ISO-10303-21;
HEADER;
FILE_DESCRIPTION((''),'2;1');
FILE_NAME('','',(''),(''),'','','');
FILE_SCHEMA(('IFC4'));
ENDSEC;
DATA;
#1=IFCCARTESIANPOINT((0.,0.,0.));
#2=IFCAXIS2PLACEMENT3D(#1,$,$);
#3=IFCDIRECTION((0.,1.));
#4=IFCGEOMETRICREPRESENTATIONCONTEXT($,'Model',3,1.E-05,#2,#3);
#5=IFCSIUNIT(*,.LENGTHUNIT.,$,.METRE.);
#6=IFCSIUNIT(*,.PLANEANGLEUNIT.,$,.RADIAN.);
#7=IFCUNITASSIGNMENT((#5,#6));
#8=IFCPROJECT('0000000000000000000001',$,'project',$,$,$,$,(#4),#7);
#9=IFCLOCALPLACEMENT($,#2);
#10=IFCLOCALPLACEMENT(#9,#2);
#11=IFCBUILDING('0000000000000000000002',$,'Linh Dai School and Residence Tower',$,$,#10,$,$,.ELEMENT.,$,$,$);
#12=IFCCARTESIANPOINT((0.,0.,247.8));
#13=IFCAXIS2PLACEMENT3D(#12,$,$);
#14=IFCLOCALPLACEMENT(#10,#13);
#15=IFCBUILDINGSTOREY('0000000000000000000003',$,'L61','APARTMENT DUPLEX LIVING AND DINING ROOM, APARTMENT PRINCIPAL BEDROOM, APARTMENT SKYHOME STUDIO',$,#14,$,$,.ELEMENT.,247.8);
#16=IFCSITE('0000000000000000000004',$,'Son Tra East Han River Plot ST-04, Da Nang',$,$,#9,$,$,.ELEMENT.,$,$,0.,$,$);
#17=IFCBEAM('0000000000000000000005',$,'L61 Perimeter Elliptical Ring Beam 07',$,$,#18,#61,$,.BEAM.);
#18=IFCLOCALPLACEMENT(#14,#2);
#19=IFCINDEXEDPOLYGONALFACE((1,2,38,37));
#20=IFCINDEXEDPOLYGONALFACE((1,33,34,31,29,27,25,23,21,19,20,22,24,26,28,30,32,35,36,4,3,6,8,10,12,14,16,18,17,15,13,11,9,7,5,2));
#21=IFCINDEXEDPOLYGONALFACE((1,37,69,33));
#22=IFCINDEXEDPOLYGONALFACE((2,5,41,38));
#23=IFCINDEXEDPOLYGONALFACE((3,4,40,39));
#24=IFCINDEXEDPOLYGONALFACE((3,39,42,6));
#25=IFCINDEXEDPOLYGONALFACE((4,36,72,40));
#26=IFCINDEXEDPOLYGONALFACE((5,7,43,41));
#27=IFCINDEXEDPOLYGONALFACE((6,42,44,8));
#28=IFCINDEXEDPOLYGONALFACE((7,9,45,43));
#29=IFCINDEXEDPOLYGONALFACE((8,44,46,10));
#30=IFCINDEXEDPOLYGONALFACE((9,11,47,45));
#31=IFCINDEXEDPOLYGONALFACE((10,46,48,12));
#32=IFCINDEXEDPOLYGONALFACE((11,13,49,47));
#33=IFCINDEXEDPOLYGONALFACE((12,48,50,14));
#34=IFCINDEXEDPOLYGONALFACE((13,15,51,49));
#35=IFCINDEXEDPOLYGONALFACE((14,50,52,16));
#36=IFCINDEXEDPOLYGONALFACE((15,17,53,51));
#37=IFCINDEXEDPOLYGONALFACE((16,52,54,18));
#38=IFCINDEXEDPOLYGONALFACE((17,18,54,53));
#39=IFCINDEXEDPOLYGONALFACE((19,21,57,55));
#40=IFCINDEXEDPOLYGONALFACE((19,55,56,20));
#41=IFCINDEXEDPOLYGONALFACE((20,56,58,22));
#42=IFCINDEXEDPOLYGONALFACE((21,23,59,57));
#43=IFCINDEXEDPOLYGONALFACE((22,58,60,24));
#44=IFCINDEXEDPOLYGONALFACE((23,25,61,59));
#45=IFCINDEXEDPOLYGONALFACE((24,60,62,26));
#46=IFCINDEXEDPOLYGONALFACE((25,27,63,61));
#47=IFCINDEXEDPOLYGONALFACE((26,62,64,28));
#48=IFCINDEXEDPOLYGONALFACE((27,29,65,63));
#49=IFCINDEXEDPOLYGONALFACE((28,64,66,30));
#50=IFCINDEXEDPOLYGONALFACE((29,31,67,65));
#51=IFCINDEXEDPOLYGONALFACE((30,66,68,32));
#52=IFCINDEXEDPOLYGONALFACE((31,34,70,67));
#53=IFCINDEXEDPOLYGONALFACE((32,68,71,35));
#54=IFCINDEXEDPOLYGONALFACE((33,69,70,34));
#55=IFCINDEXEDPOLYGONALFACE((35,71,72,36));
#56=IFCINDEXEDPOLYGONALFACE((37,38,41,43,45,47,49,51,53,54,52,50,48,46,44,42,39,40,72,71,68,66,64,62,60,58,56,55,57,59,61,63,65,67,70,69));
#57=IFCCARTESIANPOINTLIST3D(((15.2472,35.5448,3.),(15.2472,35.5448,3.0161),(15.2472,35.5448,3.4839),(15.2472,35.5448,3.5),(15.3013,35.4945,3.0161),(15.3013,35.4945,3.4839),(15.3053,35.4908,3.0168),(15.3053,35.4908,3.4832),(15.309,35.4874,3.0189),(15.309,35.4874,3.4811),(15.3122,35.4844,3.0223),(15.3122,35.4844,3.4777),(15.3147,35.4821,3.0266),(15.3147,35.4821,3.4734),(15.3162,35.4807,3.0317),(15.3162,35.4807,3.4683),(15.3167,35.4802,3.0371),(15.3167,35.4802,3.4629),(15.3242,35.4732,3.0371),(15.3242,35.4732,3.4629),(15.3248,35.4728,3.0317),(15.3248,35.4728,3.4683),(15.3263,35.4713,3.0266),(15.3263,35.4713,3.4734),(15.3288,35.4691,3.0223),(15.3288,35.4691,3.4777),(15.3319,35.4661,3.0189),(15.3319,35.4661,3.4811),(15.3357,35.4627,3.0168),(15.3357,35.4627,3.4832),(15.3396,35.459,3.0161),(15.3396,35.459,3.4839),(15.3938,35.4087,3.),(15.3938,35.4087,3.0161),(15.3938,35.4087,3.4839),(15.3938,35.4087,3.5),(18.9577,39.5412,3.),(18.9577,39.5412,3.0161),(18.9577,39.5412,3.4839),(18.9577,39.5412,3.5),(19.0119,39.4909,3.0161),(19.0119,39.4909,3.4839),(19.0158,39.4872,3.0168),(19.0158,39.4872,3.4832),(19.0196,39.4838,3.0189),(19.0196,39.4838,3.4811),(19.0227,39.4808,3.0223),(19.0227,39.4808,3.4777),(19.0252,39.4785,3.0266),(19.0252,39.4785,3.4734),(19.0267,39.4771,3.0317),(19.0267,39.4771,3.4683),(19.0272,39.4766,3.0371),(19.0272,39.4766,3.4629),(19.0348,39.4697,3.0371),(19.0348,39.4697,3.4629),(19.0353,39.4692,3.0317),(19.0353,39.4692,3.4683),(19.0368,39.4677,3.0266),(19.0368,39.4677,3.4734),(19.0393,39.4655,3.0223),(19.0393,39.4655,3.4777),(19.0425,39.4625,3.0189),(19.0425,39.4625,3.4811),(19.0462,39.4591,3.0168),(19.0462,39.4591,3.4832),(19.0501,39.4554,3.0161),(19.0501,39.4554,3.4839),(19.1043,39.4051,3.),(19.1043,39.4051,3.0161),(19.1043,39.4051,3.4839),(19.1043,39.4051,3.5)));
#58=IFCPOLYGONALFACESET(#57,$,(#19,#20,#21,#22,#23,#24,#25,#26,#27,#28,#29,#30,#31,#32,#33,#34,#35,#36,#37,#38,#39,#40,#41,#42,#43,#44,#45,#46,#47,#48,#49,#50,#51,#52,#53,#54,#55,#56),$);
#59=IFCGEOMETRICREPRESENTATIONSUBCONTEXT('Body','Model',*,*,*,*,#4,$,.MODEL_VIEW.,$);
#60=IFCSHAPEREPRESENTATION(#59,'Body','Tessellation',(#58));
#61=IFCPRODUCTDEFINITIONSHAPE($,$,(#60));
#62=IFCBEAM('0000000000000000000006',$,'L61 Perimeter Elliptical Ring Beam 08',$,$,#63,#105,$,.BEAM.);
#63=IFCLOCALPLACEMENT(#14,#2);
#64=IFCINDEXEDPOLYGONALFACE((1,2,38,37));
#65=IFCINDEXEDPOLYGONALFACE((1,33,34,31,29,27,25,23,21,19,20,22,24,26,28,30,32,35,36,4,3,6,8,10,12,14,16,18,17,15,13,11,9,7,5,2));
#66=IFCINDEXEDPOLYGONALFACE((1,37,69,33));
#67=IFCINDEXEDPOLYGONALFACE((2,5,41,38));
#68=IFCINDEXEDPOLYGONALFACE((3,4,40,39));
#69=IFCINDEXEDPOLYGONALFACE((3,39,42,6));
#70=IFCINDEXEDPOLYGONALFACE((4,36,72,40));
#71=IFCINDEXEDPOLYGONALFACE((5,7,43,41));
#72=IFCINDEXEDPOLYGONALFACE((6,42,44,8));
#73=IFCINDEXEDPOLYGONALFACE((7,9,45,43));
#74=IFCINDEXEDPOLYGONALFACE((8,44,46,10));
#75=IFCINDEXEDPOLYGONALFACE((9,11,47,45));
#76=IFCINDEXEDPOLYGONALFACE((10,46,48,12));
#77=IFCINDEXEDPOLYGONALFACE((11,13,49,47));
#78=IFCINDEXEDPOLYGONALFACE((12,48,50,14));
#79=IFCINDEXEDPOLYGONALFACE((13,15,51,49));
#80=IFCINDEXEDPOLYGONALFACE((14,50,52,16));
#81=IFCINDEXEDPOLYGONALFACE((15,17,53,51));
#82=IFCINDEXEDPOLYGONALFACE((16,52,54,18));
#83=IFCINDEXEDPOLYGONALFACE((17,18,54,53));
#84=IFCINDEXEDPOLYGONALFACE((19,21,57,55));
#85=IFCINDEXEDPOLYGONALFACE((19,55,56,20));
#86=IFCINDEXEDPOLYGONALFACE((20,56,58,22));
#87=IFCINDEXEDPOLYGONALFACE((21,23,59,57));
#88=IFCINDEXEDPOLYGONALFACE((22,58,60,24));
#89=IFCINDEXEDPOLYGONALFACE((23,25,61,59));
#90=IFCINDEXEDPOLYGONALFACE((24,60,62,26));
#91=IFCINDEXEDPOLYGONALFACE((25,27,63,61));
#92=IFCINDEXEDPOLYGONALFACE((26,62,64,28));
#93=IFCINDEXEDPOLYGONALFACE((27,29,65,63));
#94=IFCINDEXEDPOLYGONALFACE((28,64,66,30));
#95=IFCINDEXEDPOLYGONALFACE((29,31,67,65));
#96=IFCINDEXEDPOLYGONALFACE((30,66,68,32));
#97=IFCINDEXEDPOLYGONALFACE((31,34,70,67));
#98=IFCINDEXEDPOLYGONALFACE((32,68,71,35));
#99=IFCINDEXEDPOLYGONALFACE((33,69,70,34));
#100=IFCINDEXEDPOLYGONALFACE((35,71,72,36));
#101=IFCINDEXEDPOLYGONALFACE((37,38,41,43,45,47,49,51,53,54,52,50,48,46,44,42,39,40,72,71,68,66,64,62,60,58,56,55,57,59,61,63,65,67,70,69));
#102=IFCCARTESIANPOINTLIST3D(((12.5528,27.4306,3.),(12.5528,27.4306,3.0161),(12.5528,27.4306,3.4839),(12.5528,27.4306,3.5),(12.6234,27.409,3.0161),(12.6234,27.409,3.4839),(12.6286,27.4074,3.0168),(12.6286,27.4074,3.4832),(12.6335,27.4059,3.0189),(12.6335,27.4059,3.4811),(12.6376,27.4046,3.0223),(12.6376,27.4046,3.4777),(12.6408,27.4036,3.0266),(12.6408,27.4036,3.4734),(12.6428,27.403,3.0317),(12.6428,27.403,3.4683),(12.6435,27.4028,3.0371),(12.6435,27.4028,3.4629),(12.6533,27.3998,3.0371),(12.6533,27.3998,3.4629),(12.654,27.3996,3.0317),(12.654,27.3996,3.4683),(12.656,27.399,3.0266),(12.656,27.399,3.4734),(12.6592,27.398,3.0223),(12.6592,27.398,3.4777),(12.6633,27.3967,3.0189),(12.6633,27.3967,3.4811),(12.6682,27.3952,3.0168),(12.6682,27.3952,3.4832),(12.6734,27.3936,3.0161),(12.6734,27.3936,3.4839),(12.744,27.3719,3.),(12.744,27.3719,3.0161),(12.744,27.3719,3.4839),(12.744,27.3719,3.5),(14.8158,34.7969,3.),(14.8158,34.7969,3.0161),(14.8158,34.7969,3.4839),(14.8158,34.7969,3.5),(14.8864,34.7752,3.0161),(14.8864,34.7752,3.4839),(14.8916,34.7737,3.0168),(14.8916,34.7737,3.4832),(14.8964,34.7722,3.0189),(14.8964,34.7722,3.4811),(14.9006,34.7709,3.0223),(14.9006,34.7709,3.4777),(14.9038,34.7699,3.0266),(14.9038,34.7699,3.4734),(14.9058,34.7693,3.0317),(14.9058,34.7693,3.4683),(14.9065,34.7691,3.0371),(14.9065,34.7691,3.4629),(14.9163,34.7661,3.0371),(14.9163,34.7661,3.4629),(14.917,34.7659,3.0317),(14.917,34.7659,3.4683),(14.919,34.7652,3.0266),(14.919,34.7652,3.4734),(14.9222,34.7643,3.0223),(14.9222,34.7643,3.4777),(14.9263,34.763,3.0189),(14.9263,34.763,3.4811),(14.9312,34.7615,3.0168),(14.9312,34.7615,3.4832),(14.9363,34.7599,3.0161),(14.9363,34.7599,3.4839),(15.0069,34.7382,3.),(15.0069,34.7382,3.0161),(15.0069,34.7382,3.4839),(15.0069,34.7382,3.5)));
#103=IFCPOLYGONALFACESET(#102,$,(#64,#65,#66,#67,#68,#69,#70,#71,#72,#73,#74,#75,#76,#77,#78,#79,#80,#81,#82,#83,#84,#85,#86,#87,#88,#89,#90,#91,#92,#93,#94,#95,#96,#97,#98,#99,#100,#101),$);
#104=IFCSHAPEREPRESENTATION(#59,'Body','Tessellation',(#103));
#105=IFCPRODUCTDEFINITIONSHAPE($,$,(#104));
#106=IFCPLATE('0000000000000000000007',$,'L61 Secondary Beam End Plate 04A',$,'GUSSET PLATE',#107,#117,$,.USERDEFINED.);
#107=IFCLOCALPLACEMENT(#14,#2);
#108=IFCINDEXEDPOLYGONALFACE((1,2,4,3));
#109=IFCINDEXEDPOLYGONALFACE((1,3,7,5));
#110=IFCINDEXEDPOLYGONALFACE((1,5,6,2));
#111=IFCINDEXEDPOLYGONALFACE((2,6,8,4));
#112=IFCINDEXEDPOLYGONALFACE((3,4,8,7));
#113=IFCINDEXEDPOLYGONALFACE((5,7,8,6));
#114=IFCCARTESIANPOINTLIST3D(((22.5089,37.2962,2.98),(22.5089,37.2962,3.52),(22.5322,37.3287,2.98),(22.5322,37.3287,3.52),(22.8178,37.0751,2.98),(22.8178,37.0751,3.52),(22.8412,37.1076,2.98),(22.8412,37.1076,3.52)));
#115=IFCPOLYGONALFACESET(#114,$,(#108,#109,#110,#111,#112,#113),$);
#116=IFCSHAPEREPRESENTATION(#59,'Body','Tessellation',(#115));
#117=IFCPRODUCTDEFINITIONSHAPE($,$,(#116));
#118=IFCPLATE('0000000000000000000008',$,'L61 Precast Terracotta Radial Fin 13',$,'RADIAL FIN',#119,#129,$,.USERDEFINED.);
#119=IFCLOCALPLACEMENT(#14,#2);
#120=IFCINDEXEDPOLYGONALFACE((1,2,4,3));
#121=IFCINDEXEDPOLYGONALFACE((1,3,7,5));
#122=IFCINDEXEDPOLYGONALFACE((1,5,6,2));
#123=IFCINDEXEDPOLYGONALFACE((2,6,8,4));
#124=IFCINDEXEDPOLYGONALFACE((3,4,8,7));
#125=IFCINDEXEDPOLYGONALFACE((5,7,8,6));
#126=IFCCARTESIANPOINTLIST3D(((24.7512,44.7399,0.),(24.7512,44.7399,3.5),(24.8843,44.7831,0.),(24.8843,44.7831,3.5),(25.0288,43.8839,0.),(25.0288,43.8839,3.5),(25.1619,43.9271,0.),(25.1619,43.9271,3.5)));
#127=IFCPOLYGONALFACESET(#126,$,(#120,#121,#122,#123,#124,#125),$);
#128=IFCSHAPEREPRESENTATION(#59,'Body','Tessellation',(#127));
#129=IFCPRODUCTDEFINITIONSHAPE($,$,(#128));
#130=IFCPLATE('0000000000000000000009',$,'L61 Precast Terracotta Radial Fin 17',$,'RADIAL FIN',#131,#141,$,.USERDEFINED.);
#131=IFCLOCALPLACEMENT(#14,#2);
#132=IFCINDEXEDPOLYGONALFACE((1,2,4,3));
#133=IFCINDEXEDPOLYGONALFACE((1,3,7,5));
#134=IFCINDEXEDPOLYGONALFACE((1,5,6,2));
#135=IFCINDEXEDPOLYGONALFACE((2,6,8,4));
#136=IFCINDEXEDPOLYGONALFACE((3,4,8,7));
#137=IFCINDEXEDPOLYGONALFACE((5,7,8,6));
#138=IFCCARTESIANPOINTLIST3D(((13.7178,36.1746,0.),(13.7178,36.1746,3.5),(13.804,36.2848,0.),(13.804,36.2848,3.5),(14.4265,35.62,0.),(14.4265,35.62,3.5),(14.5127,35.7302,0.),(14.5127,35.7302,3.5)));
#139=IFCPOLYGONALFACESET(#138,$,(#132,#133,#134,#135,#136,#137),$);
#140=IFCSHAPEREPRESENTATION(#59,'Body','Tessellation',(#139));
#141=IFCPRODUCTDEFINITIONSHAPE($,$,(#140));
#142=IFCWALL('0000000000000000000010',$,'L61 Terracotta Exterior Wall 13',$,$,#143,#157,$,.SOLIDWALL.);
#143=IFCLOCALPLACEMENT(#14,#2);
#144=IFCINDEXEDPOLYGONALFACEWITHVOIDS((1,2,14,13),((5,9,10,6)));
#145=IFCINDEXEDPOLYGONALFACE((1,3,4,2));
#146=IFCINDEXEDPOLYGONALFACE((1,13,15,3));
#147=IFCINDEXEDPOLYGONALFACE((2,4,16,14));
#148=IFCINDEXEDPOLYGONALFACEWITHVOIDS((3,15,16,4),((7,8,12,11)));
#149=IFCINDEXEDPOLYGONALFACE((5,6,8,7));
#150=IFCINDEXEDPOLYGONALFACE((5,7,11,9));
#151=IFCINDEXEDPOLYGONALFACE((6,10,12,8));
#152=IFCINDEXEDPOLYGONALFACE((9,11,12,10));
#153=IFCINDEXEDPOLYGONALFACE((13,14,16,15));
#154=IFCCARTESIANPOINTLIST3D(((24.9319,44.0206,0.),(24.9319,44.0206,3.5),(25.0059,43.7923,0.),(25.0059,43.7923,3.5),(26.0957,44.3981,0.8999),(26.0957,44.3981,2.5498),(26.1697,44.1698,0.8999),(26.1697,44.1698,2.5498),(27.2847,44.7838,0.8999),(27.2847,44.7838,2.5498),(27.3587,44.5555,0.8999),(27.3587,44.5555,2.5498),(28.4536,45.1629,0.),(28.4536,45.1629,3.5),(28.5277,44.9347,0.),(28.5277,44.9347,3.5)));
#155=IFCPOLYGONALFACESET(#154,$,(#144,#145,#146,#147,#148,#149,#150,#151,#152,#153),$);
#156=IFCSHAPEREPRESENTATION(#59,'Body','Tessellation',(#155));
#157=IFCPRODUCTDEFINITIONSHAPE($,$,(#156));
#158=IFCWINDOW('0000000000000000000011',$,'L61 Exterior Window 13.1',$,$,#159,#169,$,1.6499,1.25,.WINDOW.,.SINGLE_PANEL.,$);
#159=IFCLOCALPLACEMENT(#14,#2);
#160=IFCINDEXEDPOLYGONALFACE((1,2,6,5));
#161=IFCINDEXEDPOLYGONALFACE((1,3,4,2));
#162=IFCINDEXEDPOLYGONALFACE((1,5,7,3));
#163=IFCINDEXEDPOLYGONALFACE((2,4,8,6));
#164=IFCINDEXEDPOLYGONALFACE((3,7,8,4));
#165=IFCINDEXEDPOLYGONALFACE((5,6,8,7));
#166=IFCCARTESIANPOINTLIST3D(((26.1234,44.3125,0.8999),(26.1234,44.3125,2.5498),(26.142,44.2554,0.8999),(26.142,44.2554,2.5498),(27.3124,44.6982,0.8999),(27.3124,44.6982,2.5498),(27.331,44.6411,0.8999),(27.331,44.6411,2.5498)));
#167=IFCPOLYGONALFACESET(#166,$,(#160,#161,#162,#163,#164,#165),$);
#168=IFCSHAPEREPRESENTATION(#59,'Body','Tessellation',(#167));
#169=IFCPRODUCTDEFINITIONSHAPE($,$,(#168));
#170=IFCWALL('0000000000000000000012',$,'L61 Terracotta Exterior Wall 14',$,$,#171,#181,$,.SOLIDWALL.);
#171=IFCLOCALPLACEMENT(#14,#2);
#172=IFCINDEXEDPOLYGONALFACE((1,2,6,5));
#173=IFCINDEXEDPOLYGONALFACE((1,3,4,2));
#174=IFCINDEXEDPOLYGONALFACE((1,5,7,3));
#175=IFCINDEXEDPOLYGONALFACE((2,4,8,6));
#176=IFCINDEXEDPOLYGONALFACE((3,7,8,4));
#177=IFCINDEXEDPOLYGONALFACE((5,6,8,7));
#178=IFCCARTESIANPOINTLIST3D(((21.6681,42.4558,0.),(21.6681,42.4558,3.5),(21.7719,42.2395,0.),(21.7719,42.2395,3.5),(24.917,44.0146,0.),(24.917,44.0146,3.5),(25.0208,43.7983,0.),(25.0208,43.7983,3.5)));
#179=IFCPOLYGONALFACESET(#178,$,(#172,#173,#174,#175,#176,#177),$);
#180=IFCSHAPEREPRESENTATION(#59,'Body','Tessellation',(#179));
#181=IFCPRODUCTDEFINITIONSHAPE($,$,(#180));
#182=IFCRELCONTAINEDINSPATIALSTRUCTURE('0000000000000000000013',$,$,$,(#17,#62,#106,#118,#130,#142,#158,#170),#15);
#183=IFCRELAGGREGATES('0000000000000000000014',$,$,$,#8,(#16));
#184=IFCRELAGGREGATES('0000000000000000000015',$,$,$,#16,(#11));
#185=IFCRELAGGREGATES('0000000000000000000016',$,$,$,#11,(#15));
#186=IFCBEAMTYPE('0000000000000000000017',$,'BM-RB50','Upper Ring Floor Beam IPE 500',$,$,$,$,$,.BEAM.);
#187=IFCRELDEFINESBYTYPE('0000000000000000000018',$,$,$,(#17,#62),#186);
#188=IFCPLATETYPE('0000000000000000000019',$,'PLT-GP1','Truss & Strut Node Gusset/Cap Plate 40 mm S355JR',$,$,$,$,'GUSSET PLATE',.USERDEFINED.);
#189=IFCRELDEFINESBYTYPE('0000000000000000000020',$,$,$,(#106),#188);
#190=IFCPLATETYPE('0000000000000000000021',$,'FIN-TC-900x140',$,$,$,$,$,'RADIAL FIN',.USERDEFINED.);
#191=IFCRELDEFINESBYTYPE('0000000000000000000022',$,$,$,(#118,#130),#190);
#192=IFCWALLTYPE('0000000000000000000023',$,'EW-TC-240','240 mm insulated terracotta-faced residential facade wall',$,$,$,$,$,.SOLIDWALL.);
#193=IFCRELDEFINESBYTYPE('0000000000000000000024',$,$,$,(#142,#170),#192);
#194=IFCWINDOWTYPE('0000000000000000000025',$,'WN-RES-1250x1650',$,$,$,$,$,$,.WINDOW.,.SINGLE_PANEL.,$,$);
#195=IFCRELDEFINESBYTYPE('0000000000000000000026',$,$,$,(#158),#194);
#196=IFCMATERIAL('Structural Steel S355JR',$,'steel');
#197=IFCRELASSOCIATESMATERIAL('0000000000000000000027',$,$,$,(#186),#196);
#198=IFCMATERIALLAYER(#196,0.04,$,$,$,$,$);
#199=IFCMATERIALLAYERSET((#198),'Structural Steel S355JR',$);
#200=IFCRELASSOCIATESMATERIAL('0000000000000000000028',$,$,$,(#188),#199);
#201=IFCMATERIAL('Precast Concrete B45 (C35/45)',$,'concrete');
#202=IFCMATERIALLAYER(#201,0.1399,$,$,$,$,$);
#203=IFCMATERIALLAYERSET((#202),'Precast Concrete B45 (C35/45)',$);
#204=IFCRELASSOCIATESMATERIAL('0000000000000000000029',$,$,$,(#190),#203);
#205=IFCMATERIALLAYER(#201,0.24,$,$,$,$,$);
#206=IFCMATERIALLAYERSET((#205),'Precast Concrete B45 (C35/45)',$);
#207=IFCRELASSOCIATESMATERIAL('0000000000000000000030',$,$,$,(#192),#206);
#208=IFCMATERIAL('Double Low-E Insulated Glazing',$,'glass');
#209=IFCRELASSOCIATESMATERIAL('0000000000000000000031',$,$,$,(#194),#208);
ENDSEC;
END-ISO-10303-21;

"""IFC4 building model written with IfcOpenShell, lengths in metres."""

from ifc_helpers import new_model, si_unit, direction, frame, frame_2d, origin, origin_2d, place, context, subcontext, project, spatial, rectangle, i_section, extrude, source, transform, mapped, material, layer, layer_set, material_profile, profile_set, type_object, element, fill, save


model = new_model("IFC4")

# Units and contexts
model_context = context("Model", 3, precision=1e-05, world=origin(), true_north=direction((0.0, 1.0)))
body_context = subcontext(model_context, "Body", "Model", "MODEL_VIEW")
ifc_project = project(units=[si_unit("LENGTHUNIT", "METRE"), si_unit("PLANEANGLEUNIT", "RADIAN")], contexts=[model_context])

# Site, building, storey
site_placement = place(None, origin())
site = spatial("IfcSite", under=ifc_project, at=site_placement, Name="Son Tra East Han River Plot ST-04, Da Nang", CompositionType="ELEMENT", RefElevation=0.0)
building_placement = place(site_placement, origin())
building = spatial("IfcBuilding", under=site, at=building_placement, Name="Linh Dai School and Residence Tower", CompositionType="ELEMENT")
storey_placement = place(building_placement, frame((0.0, 0.0, 247.8)))
storey = spatial("IfcBuildingStorey", under=building, at=storey_placement, Name="L61", Description="APARTMENT DUPLEX LIVING AND DINING ROOM, APARTMENT PRINCIPAL BEDROOM, APARTMENT SKYHOME STUDIO", CompositionType="ELEMENT", Elevation=247.8)

# Shared definitions
ifc_material_1 = material(Name="Structural Steel S355JR", Category="steel")

# Beams
ifc_material_profile_1 = material_profile(ifc_material_1, i_section(OverallWidth=0.2, OverallDepth=0.5, WebThickness=0.0103, FlangeThickness=0.0161, FilletRadius=0.021, at=origin_2d()), Name="IPE 500")
ifc_profile_set_1 = profile_set([ifc_material_profile_1], Name="Structural Steel S355JR")
beam_type_1 = type_object("IfcBeamType", Name="BM-RB50", Description="Upper Ring Floor Beam IPE 500", PredefinedType="BEAM", material=ifc_profile_set_1)
beam_1_placement = place(storey_placement, frame((19.031, 39.4731, 3.25), z_axis=(-0.680408, -0.732833, 0.0), x_axis=(0.732833, -0.680408, 0.0)))
element("IfcBeam", 1, at=beam_1_placement, inside=storey, type_object=beam_type_1, Name="L61 Perimeter Elliptical Ring Beam 07", PredefinedType="BEAM", context=body_context, shape_type="SweptSolid", body=[
    extrude(i_section(OverallWidth=0.2, OverallDepth=0.5, WebThickness=0.0103, FlangeThickness=0.0161, FilletRadius=0.021, at=origin_2d()), origin(), (0.0, 0.0, 1.0), 5.4534),
])
beam_2_placement = place(storey_placement, frame((14.9114, 34.7676, 3.25), z_axis=(-0.293661, -0.95591, 0.0), x_axis=(0.95591, -0.293661, 0.0)))
element("IfcBeam", 2, at=beam_2_placement, inside=storey, type_object=beam_type_1, Name="L61 Perimeter Elliptical Ring Beam 08", PredefinedType="BEAM", context=body_context, shape_type="SweptSolid", body=[
    extrude(i_section(OverallWidth=0.2, OverallDepth=0.5, WebThickness=0.0103, FlangeThickness=0.0161, FilletRadius=0.021, at=origin_2d()), origin(), (0.0, 0.0, 1.0), 7.7061),
])

# Plates
ifc_layer_1 = layer(ifc_material_1, 0.04)
ifc_layer_set_1 = layer_set([ifc_layer_1], Name="Structural Steel S355JR")
plate_type_1 = type_object("IfcPlateType", Name="PLT-GP1", Description="Truss & Strut Node Gusset/Cap Plate 40 mm S355JR", ElementType="GUSSET PLATE", PredefinedType="USERDEFINED", material=ifc_layer_set_1)
shared_shape_1 = source(origin(), body_context, "Body", "SweptSolid", [
    extrude(rectangle(XDim=0.04, YDim=0.3799, at=origin_2d()), origin(), (0.0, 0.0, 1.0), 0.54),
])
plate_placement = place(storey_placement, frame((22.675, 37.2019, 2.98), z_axis=(0.0, 0.0, 1.0), x_axis=(-0.58204, -0.81316, 0.0)))
element("IfcPlate", 3, at=plate_placement, inside=storey, type_object=plate_type_1, Name="L61 Secondary Beam End Plate 04A", ObjectType="GUSSET PLATE", PredefinedType="USERDEFINED", context=body_context, shape_type="MappedRepresentation", body=[
    mapped(shared_shape_1, transform((0.0, 0.0, 0.0), x_axis=(1.0, 0.0, 0.0), y_axis=(0.0, 1.0, 0.0), z_axis=(0.0, 0.0, 1.0), scale=1.0)),
])
ifc_material_2 = material(Name="Precast Concrete B45 (C35/45)", Category="concrete")
ifc_layer_2 = layer(ifc_material_2, 0.1399)
ifc_layer_set_2 = layer_set([ifc_layer_2], Name="Precast Concrete B45 (C35/45)")
plate_type_2 = type_object("IfcPlateType", Name="FIN-TC-900x140", ElementType="RADIAL FIN", PredefinedType="USERDEFINED", material=ifc_layer_set_2)
shared_shape_2 = source(origin(), body_context, "Body", "SweptSolid", [
    extrude(rectangle(XDim=0.8999, YDim=0.1399, at=origin_2d()), origin(), (0.0, 0.0, 1.0), 3.5),
])
for number, where, z_axis, x_axis, name in (
    (4, (24.9565, 44.3335, 0.0), (0.0, 0.0, 1.0), (-0.308501, 0.951224, 0.0), "L61 Precast Terracotta Radial Fin 13"),
    (5, (14.1152, 35.9524, 0.0), (0.0, 0.0, 1.0), (-0.787487, 0.616332, 0.0), "L61 Precast Terracotta Radial Fin 17"),
):
    element("IfcPlate", number, at=place(storey_placement, frame(where, z_axis=z_axis, x_axis=x_axis)), inside=storey, type_object=plate_type_2, Name=name, ObjectType="RADIAL FIN", PredefinedType="USERDEFINED", context=body_context, shape_type="MappedRepresentation", body=[
        mapped(shared_shape_2, transform((0.0, 0.0, 0.0), x_axis=(1.0, 0.0, 0.0), y_axis=(0.0, 1.0, 0.0), z_axis=(0.0, 0.0, 1.0), scale=1.0)),
    ])

# Wall, opening, window
ifc_layer_3 = layer(ifc_material_2, 0.24)
ifc_layer_set_3 = layer_set([ifc_layer_3], Name="Precast Concrete B45 (C35/45)")
wall_type_1 = type_object("IfcWallType", Name="EW-TC-240", Description="240 mm insulated terracotta-faced residential facade wall", PredefinedType="SOLIDWALL", material=ifc_layer_set_3)
wall_1_placement = place(storey_placement, frame((24.969, 43.9065, 0.0), z_axis=(0.0, 0.0, 1.0), x_axis=(0.951211, 0.308542, 0.0)))
wall_1 = element("IfcWall", 6, at=wall_1_placement, inside=storey, type_object=wall_type_1, Name="L61 Terracotta Exterior Wall 13", PredefinedType="SOLIDWALL", context=body_context, shape_type="SweptSolid", body=[
    extrude(rectangle(XDim=3.7024, YDim=0.24, at=frame_2d((1.8511, 0.0))), origin(), (0.0, 0.0, 1.0), 3.5),
])
opening_1_placement = place(wall_1_placement, frame((1.2234, 0.0, 0.8999)))
opening_1 = element("IfcOpeningElement", 7, at=opening_1_placement, cuts=wall_1, PredefinedType="OPENING", context=body_context, shape_type="SweptSolid", body=[
    extrude(rectangle(XDim=1.25, YDim=1.6499, at=origin_2d()), frame((0.625, 0.1299, 0.825), z_axis=(0.0, -1.0, 0.0), x_axis=(1.0, 0.0, 0.0)), (0.0, 0.0, 1.0), 0.26),
])
ifc_material_3 = material(Name="Double Low-E Insulated Glazing", Category="glass")
window_type = type_object("IfcWindowType", Name="WN-RES-1250x1650", PartitioningType="SINGLE_PANEL", PredefinedType="WINDOW", material=ifc_material_3)
shared_shape_3 = source(origin(), body_context, "Body", "SweptSolid", [
    extrude(rectangle(XDim=1.25, YDim=1.6499, at=origin_2d()), frame((0.625, 0.03, 0.825), z_axis=(0.0, -1.0, 0.0), x_axis=(1.0, 0.0, 0.0)), (0.0, 0.0, 1.0), 0.0601),
])
window_placement = place(opening_1_placement, origin())
window = element("IfcWindow", 8, at=window_placement, inside=storey, type_object=window_type, Name="L61 Exterior Window 13.1", OverallHeight=1.6499, OverallWidth=1.25, PartitioningType="SINGLE_PANEL", PredefinedType="WINDOW", context=body_context, shape_type="MappedRepresentation", body=[
    mapped(shared_shape_3, transform((0.0, 0.0, 0.0), x_axis=(1.0, 0.0, 0.0), y_axis=(0.0, 1.0, 0.0), z_axis=(0.0, 0.0, 1.0), scale=1.0)),
])
fill(opening_1, window)

# Wall
wall_2_placement = place(storey_placement, frame((21.72, 42.3477, 0.0), z_axis=(0.0, 0.0, 1.0), x_axis=(0.901598, 0.432575, 0.0)))
element("IfcWall", 9, at=wall_2_placement, inside=storey, type_object=wall_type_1, Name="L61 Terracotta Exterior Wall 14", PredefinedType="SOLIDWALL", context=body_context, shape_type="SweptSolid", body=[
    extrude(rectangle(XDim=3.6035, YDim=0.24, at=frame_2d((1.8018, 0.0))), origin(), (0.0, 0.0, 1.0), 3.5),
])

save(model, "model.ifc")
